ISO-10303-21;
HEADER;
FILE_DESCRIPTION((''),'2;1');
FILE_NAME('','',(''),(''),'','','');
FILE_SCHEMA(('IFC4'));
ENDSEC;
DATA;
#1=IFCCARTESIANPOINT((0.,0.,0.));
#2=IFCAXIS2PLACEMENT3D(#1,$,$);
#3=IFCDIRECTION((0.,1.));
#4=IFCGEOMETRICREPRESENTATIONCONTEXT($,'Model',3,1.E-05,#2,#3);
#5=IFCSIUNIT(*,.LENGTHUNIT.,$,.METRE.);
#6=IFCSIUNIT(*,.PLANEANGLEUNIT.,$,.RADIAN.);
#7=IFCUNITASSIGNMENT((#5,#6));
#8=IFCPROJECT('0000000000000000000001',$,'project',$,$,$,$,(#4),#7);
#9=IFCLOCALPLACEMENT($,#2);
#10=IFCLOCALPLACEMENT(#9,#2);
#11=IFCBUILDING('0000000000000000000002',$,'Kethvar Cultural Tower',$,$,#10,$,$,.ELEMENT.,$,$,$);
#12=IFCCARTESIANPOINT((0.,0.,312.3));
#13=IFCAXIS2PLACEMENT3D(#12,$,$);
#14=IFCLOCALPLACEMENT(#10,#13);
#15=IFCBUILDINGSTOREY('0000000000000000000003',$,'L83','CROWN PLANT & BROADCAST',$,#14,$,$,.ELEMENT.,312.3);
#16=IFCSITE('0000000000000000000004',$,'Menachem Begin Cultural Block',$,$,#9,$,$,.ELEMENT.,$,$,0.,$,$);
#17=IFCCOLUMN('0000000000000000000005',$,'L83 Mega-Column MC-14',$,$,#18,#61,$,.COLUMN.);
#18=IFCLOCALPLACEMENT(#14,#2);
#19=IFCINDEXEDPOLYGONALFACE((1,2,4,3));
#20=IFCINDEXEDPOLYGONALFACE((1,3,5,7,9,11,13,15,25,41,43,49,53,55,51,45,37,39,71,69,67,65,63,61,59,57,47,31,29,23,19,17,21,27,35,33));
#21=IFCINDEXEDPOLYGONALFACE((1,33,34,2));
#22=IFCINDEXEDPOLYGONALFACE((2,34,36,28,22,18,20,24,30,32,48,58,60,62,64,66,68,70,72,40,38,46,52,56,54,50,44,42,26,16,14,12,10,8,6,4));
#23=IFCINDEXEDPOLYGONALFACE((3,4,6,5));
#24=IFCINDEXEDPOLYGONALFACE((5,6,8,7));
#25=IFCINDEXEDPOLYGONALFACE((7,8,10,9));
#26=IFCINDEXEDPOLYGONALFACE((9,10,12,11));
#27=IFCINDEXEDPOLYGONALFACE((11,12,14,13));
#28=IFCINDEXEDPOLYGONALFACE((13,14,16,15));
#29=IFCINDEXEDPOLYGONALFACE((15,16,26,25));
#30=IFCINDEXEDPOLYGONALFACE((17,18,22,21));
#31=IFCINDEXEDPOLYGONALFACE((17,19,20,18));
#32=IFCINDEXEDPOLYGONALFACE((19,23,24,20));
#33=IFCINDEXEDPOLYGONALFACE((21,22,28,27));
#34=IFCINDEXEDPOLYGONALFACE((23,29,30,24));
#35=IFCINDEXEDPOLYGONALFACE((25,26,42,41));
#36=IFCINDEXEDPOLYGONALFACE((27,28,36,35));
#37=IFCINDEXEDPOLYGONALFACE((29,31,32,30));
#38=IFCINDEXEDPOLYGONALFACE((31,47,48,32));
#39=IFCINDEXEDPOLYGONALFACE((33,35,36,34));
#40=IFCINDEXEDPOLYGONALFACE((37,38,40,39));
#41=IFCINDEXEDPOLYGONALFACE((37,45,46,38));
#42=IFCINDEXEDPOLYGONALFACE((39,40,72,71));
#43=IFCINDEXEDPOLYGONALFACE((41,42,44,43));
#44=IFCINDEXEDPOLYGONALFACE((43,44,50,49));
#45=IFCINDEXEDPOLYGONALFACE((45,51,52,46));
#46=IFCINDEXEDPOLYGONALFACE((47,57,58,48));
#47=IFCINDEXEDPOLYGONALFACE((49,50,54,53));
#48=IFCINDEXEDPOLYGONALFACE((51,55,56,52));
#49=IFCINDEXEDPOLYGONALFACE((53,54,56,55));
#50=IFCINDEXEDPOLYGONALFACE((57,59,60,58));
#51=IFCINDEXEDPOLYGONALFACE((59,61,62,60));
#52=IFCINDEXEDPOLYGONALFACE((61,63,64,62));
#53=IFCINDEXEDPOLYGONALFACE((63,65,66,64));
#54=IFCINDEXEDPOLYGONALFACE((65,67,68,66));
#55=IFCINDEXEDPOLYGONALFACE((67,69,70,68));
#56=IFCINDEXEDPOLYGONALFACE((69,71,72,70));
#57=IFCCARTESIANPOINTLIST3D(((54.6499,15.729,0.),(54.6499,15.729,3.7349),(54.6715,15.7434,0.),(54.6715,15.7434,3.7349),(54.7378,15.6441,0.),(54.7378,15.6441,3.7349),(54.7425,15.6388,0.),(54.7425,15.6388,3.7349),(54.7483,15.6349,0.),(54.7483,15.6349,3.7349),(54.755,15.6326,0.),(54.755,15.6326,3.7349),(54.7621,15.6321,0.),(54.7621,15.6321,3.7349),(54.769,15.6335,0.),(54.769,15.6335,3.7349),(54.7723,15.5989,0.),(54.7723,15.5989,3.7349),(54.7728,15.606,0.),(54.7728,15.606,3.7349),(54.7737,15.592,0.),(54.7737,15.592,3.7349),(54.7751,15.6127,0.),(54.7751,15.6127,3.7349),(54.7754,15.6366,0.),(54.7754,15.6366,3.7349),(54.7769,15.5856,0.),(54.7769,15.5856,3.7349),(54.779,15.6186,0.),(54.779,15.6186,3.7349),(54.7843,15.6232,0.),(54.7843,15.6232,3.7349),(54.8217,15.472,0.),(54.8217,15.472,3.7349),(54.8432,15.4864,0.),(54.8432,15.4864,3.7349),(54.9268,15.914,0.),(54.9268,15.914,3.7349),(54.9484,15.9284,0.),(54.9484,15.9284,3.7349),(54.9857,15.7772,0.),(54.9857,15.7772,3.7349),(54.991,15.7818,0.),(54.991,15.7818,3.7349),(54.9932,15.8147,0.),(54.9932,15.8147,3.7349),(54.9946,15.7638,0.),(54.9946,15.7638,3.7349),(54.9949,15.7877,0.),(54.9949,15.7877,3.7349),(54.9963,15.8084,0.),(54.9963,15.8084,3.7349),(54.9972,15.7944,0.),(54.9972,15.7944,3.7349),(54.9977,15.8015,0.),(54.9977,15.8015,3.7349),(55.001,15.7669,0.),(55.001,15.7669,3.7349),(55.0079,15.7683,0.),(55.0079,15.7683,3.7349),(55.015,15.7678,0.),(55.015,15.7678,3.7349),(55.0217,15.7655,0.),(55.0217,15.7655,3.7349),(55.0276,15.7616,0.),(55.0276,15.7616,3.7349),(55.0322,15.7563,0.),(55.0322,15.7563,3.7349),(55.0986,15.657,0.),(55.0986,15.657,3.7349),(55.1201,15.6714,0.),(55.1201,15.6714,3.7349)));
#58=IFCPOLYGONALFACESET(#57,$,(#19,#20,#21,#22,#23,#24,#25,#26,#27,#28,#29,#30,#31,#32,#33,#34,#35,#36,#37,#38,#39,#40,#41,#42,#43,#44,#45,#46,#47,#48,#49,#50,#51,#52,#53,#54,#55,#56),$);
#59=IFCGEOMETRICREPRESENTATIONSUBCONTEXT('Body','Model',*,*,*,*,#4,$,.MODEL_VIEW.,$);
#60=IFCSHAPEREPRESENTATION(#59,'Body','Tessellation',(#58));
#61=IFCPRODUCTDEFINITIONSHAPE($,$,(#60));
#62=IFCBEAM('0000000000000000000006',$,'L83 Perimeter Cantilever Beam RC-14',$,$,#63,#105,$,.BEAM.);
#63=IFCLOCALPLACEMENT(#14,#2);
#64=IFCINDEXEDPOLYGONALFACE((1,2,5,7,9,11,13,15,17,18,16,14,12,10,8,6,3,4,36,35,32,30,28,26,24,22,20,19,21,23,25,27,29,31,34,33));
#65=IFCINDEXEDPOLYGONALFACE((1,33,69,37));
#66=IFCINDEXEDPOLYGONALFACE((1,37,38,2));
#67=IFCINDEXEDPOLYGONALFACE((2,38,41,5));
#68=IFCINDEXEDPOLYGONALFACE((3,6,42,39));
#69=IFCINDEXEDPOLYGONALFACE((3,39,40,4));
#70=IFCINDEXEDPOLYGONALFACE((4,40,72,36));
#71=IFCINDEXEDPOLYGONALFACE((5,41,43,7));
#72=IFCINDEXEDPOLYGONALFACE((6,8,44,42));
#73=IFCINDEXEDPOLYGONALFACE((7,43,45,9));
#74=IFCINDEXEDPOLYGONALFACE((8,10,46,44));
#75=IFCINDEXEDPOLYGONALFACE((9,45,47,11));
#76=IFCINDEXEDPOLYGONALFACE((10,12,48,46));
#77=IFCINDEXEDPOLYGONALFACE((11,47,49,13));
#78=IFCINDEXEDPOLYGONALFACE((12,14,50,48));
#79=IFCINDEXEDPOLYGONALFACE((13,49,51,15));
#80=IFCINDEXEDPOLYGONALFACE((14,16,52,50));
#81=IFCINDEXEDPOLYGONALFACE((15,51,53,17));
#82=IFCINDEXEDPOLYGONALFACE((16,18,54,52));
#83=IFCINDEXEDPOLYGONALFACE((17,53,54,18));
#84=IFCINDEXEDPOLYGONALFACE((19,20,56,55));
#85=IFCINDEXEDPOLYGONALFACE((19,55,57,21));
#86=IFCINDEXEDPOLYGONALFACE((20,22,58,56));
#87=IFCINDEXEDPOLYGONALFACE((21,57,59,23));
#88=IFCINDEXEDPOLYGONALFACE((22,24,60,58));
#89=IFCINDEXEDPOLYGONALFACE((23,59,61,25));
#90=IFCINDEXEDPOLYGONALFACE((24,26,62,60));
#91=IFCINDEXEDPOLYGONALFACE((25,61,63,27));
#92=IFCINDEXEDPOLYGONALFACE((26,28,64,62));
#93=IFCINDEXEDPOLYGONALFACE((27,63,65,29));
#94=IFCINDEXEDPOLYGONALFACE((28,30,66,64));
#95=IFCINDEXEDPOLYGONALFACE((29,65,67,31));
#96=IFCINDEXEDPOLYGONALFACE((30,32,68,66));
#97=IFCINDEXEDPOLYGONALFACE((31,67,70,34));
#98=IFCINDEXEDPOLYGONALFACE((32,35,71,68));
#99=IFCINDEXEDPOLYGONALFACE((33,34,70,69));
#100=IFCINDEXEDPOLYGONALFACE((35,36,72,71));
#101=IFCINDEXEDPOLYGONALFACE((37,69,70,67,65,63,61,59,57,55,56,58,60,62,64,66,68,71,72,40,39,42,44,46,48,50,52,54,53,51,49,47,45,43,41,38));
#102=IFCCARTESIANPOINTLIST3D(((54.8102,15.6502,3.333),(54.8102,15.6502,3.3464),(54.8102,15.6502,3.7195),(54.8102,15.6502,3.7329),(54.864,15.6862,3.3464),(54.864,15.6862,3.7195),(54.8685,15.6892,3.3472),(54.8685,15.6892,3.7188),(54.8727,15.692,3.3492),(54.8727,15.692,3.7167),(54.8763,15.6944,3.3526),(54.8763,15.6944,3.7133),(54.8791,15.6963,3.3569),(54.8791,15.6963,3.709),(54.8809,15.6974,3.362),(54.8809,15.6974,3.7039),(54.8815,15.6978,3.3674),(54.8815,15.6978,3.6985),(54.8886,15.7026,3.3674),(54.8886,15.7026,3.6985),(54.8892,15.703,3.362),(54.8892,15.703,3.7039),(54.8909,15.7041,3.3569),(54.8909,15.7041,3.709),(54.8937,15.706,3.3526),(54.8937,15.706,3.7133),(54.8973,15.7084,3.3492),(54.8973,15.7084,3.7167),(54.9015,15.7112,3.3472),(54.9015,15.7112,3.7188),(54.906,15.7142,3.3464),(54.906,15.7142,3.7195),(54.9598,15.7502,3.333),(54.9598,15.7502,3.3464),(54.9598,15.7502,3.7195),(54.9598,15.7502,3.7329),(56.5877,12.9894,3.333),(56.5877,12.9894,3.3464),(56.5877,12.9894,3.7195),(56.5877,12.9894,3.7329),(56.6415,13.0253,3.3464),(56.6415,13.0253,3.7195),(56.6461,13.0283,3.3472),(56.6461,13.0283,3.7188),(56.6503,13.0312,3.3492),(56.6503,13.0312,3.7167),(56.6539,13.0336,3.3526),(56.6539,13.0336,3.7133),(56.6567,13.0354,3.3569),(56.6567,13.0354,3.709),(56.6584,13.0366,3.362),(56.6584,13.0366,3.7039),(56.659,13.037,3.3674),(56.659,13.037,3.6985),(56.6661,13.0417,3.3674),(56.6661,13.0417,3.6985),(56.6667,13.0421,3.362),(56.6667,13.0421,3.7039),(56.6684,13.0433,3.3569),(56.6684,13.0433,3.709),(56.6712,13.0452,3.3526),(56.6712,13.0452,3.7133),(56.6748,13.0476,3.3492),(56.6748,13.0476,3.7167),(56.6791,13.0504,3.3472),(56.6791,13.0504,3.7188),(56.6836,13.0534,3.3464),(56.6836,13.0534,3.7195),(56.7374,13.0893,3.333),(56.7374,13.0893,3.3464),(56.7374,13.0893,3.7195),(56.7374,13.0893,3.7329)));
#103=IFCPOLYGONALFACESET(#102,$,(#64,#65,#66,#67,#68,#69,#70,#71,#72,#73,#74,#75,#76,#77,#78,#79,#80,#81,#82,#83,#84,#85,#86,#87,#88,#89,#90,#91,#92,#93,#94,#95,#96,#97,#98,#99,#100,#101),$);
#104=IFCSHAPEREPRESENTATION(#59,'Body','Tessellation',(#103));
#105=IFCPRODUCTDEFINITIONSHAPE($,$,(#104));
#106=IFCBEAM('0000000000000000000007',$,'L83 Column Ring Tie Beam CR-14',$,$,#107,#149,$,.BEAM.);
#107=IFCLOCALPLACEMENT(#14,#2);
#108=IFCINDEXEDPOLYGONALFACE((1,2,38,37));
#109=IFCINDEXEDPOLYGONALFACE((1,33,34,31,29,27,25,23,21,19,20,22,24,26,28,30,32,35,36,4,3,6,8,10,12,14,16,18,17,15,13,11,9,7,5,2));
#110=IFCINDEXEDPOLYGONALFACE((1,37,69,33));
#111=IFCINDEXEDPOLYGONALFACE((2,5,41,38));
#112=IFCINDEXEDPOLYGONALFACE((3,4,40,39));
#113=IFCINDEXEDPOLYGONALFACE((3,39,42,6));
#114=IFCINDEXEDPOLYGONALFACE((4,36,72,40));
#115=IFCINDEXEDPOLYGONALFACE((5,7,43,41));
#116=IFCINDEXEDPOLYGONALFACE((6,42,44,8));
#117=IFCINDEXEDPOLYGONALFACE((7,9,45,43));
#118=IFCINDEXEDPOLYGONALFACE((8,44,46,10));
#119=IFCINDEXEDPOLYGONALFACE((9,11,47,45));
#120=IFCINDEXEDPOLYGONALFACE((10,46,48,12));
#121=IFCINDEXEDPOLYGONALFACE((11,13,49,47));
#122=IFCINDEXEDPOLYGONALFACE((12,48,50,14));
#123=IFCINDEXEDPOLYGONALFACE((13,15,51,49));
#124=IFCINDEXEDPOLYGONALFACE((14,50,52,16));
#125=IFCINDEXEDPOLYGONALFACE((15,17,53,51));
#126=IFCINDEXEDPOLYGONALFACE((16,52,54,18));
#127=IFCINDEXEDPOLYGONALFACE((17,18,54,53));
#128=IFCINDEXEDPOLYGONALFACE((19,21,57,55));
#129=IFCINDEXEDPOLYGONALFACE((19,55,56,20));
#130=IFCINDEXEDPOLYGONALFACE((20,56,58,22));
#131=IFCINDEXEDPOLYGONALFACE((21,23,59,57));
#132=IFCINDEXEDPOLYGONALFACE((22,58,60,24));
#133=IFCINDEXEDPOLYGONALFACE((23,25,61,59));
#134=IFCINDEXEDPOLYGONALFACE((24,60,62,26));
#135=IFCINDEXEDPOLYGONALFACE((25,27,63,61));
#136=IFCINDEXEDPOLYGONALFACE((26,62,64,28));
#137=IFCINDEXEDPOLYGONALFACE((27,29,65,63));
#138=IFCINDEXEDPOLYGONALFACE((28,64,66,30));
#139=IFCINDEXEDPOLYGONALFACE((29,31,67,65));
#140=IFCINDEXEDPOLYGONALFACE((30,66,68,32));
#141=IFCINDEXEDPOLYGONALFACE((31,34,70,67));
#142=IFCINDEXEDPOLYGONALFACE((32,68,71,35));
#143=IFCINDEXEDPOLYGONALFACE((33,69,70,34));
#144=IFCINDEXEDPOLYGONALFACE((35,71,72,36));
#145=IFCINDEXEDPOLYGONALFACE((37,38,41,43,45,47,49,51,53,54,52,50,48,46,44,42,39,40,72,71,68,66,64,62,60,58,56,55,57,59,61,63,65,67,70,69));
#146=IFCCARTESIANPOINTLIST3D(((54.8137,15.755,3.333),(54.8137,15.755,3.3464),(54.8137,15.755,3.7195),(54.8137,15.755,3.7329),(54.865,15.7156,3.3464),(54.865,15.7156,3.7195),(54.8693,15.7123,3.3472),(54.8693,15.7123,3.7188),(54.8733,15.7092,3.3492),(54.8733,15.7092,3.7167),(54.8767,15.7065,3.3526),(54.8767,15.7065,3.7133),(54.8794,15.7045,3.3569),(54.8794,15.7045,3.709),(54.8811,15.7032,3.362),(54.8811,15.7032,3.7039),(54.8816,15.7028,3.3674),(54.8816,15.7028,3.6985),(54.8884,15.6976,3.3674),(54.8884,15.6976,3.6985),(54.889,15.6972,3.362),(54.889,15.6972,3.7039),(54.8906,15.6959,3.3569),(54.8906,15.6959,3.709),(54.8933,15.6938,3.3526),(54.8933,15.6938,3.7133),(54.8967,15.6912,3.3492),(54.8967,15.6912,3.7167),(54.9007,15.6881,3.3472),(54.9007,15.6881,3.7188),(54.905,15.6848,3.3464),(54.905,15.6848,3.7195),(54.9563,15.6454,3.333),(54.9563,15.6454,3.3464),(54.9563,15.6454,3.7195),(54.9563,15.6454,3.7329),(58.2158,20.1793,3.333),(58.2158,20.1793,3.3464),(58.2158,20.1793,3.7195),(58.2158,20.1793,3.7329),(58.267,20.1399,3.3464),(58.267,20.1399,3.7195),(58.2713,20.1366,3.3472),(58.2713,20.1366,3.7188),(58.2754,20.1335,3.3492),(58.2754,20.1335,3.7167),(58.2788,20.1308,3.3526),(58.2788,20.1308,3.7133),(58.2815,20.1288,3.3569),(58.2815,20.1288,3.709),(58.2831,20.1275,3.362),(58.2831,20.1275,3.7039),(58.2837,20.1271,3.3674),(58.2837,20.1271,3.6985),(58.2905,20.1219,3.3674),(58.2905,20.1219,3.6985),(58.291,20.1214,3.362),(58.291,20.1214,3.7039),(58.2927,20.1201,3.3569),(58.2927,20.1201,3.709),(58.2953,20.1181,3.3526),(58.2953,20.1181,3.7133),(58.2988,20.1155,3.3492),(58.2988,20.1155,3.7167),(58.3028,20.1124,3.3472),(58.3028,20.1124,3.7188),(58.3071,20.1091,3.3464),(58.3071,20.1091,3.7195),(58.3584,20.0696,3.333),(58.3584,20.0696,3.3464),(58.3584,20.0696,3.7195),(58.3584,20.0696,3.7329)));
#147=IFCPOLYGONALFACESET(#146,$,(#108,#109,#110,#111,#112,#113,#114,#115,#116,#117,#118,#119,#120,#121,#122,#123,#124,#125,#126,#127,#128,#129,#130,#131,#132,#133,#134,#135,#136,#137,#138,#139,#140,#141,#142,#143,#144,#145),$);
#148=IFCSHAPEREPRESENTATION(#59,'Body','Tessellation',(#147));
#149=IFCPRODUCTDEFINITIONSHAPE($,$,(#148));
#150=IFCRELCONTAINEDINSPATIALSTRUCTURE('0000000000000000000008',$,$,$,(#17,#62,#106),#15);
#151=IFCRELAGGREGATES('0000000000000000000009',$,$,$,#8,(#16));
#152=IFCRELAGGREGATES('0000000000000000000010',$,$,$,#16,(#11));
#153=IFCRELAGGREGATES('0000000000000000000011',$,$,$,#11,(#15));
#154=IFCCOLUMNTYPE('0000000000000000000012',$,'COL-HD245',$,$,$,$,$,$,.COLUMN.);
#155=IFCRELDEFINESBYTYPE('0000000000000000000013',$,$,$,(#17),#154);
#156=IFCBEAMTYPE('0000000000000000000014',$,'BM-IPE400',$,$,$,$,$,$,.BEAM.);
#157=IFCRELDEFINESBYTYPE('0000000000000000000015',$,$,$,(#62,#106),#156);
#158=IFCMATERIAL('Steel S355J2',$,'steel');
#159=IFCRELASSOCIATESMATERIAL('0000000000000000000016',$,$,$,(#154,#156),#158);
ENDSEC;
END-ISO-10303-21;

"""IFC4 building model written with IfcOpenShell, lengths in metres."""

from ifc_helpers import new_model, si_unit, direction, frame, origin, origin_2d, place, context, subcontext, project, spatial, i_section, extrude, source, transform, mapped, material, material_profile, profile_set, type_object, element, save


model = new_model("IFC4")

# Units and contexts
model_context = context("Model", 3, precision=1e-05, world=origin(), true_north=direction((0.0, 1.0)))
body_context = subcontext(model_context, "Body", "Model", "MODEL_VIEW")
ifc_project = project(units=[si_unit("LENGTHUNIT", "METRE"), si_unit("PLANEANGLEUNIT", "RADIAN")], contexts=[model_context])

# Site, building, storey
site_placement = place(None, origin())
site = spatial("IfcSite", under=ifc_project, at=site_placement, Name="Menachem Begin Cultural Block", CompositionType="ELEMENT", RefElevation=0.0)
building_placement = place(site_placement, origin())
building = spatial("IfcBuilding", under=site, at=building_placement, Name="Kethvar Cultural Tower", CompositionType="ELEMENT")
storey_placement = place(building_placement, frame((0.0, 0.0, 312.3)))
storey = spatial("IfcBuildingStorey", under=building, at=storey_placement, Name="L83", Description="CROWN PLANT & BROADCAST", CompositionType="ELEMENT", Elevation=312.3)

# Column
ifc_material_1 = material(Name="Steel S355J2", Category="steel")
ifc_material_profile_1 = material_profile(ifc_material_1, i_section(OverallWidth=0.3091, OverallDepth=0.3589, WebThickness=0.0161, FlangeThickness=0.0259, FilletRadius=0.0271, at=origin_2d()), Name="Steel S355J2 — HD320x245")
ifc_profile_set_1 = profile_set([ifc_material_profile_1], Name="Steel S355J2 — HD320x245")
column_type = type_object("IfcColumnType", Name="COL-HD245", PredefinedType="COLUMN", material=ifc_profile_set_1)
shared_shape_1 = source(origin(), body_context, "Body", "SweptSolid", [
    extrude(i_section(OverallWidth=0.3091, OverallDepth=0.3589, WebThickness=0.0161, FlangeThickness=0.0259, FilletRadius=0.0271, at=origin_2d()), origin(), (0.0, 0.0, 1.0), 3.7349),
])
column_placement = place(storey_placement, frame((54.885, 15.7002, 0.0), z_axis=(0.0, 0.0, 1.0), x_axis=(0.55557, -0.83147, 0.0)))
element("IfcColumn", 1, at=column_placement, inside=storey, type_object=column_type, Name="L83 Mega-Column MC-14", PredefinedType="COLUMN", context=body_context, shape_type="MappedRepresentation", body=[
    mapped(shared_shape_1, transform((0.0, 0.0, 0.0), scale=1.0)),
])

# Beams
ifc_material_profile_2 = material_profile(ifc_material_1, i_section(OverallWidth=0.1799, OverallDepth=0.3999, WebThickness=0.0085, FlangeThickness=0.0134, FilletRadius=0.021, at=origin_2d()), Name="Steel S355J2 — IPE400")
ifc_profile_set_2 = profile_set([ifc_material_profile_2], Name="Steel S355J2 — IPE400")
beam_type_1 = type_object("IfcBeamType", Name="BM-IPE400", PredefinedType="BEAM", material=ifc_profile_set_2)
shared_shape_2 = source(origin(), body_context, "Body", "SweptSolid", [
    extrude(i_section(OverallWidth=0.1799, OverallDepth=0.3999, WebThickness=0.0085, FlangeThickness=0.0134, FilletRadius=0.021, at=origin_2d()), origin(), (0.0, 0.0, 1.0), 3.2),
])
beam_1_placement = place(storey_placement, frame((54.885, 15.7002, 3.533), z_axis=(0.555492, -0.831522, 0.0), x_axis=(0.831522, 0.555492, 0.0)))
element("IfcBeam", 2, at=beam_1_placement, inside=storey, type_object=beam_type_1, Name="L83 Perimeter Cantilever Beam RC-14", PredefinedType="BEAM", context=body_context, shape_type="MappedRepresentation", body=[
    mapped(shared_shape_2, transform((0.0, 0.0, 0.0), scale=1.0)),
])
shared_shape_3 = source(origin(), body_context, "Body", "SweptSolid", [
    extrude(i_section(OverallWidth=0.1799, OverallDepth=0.3999, WebThickness=0.0085, FlangeThickness=0.0134, FilletRadius=0.021, at=origin_2d()), origin(), (0.0, 0.0, 1.0), 5.5811),
])
beam_2_placement = place(storey_placement, frame((54.885, 15.7002, 3.533), z_axis=(0.609573, 0.79273, 0.0), x_axis=(-0.79273, 0.609573, 0.0)))
element("IfcBeam", 3, at=beam_2_placement, inside=storey, type_object=beam_type_1, Name="L83 Column Ring Tie Beam CR-14", PredefinedType="BEAM", context=body_context, shape_type="MappedRepresentation", body=[
    mapped(shared_shape_3, transform((0.0, 0.0, 0.0), scale=1.0)),
])

save(model, "model.ifc")
